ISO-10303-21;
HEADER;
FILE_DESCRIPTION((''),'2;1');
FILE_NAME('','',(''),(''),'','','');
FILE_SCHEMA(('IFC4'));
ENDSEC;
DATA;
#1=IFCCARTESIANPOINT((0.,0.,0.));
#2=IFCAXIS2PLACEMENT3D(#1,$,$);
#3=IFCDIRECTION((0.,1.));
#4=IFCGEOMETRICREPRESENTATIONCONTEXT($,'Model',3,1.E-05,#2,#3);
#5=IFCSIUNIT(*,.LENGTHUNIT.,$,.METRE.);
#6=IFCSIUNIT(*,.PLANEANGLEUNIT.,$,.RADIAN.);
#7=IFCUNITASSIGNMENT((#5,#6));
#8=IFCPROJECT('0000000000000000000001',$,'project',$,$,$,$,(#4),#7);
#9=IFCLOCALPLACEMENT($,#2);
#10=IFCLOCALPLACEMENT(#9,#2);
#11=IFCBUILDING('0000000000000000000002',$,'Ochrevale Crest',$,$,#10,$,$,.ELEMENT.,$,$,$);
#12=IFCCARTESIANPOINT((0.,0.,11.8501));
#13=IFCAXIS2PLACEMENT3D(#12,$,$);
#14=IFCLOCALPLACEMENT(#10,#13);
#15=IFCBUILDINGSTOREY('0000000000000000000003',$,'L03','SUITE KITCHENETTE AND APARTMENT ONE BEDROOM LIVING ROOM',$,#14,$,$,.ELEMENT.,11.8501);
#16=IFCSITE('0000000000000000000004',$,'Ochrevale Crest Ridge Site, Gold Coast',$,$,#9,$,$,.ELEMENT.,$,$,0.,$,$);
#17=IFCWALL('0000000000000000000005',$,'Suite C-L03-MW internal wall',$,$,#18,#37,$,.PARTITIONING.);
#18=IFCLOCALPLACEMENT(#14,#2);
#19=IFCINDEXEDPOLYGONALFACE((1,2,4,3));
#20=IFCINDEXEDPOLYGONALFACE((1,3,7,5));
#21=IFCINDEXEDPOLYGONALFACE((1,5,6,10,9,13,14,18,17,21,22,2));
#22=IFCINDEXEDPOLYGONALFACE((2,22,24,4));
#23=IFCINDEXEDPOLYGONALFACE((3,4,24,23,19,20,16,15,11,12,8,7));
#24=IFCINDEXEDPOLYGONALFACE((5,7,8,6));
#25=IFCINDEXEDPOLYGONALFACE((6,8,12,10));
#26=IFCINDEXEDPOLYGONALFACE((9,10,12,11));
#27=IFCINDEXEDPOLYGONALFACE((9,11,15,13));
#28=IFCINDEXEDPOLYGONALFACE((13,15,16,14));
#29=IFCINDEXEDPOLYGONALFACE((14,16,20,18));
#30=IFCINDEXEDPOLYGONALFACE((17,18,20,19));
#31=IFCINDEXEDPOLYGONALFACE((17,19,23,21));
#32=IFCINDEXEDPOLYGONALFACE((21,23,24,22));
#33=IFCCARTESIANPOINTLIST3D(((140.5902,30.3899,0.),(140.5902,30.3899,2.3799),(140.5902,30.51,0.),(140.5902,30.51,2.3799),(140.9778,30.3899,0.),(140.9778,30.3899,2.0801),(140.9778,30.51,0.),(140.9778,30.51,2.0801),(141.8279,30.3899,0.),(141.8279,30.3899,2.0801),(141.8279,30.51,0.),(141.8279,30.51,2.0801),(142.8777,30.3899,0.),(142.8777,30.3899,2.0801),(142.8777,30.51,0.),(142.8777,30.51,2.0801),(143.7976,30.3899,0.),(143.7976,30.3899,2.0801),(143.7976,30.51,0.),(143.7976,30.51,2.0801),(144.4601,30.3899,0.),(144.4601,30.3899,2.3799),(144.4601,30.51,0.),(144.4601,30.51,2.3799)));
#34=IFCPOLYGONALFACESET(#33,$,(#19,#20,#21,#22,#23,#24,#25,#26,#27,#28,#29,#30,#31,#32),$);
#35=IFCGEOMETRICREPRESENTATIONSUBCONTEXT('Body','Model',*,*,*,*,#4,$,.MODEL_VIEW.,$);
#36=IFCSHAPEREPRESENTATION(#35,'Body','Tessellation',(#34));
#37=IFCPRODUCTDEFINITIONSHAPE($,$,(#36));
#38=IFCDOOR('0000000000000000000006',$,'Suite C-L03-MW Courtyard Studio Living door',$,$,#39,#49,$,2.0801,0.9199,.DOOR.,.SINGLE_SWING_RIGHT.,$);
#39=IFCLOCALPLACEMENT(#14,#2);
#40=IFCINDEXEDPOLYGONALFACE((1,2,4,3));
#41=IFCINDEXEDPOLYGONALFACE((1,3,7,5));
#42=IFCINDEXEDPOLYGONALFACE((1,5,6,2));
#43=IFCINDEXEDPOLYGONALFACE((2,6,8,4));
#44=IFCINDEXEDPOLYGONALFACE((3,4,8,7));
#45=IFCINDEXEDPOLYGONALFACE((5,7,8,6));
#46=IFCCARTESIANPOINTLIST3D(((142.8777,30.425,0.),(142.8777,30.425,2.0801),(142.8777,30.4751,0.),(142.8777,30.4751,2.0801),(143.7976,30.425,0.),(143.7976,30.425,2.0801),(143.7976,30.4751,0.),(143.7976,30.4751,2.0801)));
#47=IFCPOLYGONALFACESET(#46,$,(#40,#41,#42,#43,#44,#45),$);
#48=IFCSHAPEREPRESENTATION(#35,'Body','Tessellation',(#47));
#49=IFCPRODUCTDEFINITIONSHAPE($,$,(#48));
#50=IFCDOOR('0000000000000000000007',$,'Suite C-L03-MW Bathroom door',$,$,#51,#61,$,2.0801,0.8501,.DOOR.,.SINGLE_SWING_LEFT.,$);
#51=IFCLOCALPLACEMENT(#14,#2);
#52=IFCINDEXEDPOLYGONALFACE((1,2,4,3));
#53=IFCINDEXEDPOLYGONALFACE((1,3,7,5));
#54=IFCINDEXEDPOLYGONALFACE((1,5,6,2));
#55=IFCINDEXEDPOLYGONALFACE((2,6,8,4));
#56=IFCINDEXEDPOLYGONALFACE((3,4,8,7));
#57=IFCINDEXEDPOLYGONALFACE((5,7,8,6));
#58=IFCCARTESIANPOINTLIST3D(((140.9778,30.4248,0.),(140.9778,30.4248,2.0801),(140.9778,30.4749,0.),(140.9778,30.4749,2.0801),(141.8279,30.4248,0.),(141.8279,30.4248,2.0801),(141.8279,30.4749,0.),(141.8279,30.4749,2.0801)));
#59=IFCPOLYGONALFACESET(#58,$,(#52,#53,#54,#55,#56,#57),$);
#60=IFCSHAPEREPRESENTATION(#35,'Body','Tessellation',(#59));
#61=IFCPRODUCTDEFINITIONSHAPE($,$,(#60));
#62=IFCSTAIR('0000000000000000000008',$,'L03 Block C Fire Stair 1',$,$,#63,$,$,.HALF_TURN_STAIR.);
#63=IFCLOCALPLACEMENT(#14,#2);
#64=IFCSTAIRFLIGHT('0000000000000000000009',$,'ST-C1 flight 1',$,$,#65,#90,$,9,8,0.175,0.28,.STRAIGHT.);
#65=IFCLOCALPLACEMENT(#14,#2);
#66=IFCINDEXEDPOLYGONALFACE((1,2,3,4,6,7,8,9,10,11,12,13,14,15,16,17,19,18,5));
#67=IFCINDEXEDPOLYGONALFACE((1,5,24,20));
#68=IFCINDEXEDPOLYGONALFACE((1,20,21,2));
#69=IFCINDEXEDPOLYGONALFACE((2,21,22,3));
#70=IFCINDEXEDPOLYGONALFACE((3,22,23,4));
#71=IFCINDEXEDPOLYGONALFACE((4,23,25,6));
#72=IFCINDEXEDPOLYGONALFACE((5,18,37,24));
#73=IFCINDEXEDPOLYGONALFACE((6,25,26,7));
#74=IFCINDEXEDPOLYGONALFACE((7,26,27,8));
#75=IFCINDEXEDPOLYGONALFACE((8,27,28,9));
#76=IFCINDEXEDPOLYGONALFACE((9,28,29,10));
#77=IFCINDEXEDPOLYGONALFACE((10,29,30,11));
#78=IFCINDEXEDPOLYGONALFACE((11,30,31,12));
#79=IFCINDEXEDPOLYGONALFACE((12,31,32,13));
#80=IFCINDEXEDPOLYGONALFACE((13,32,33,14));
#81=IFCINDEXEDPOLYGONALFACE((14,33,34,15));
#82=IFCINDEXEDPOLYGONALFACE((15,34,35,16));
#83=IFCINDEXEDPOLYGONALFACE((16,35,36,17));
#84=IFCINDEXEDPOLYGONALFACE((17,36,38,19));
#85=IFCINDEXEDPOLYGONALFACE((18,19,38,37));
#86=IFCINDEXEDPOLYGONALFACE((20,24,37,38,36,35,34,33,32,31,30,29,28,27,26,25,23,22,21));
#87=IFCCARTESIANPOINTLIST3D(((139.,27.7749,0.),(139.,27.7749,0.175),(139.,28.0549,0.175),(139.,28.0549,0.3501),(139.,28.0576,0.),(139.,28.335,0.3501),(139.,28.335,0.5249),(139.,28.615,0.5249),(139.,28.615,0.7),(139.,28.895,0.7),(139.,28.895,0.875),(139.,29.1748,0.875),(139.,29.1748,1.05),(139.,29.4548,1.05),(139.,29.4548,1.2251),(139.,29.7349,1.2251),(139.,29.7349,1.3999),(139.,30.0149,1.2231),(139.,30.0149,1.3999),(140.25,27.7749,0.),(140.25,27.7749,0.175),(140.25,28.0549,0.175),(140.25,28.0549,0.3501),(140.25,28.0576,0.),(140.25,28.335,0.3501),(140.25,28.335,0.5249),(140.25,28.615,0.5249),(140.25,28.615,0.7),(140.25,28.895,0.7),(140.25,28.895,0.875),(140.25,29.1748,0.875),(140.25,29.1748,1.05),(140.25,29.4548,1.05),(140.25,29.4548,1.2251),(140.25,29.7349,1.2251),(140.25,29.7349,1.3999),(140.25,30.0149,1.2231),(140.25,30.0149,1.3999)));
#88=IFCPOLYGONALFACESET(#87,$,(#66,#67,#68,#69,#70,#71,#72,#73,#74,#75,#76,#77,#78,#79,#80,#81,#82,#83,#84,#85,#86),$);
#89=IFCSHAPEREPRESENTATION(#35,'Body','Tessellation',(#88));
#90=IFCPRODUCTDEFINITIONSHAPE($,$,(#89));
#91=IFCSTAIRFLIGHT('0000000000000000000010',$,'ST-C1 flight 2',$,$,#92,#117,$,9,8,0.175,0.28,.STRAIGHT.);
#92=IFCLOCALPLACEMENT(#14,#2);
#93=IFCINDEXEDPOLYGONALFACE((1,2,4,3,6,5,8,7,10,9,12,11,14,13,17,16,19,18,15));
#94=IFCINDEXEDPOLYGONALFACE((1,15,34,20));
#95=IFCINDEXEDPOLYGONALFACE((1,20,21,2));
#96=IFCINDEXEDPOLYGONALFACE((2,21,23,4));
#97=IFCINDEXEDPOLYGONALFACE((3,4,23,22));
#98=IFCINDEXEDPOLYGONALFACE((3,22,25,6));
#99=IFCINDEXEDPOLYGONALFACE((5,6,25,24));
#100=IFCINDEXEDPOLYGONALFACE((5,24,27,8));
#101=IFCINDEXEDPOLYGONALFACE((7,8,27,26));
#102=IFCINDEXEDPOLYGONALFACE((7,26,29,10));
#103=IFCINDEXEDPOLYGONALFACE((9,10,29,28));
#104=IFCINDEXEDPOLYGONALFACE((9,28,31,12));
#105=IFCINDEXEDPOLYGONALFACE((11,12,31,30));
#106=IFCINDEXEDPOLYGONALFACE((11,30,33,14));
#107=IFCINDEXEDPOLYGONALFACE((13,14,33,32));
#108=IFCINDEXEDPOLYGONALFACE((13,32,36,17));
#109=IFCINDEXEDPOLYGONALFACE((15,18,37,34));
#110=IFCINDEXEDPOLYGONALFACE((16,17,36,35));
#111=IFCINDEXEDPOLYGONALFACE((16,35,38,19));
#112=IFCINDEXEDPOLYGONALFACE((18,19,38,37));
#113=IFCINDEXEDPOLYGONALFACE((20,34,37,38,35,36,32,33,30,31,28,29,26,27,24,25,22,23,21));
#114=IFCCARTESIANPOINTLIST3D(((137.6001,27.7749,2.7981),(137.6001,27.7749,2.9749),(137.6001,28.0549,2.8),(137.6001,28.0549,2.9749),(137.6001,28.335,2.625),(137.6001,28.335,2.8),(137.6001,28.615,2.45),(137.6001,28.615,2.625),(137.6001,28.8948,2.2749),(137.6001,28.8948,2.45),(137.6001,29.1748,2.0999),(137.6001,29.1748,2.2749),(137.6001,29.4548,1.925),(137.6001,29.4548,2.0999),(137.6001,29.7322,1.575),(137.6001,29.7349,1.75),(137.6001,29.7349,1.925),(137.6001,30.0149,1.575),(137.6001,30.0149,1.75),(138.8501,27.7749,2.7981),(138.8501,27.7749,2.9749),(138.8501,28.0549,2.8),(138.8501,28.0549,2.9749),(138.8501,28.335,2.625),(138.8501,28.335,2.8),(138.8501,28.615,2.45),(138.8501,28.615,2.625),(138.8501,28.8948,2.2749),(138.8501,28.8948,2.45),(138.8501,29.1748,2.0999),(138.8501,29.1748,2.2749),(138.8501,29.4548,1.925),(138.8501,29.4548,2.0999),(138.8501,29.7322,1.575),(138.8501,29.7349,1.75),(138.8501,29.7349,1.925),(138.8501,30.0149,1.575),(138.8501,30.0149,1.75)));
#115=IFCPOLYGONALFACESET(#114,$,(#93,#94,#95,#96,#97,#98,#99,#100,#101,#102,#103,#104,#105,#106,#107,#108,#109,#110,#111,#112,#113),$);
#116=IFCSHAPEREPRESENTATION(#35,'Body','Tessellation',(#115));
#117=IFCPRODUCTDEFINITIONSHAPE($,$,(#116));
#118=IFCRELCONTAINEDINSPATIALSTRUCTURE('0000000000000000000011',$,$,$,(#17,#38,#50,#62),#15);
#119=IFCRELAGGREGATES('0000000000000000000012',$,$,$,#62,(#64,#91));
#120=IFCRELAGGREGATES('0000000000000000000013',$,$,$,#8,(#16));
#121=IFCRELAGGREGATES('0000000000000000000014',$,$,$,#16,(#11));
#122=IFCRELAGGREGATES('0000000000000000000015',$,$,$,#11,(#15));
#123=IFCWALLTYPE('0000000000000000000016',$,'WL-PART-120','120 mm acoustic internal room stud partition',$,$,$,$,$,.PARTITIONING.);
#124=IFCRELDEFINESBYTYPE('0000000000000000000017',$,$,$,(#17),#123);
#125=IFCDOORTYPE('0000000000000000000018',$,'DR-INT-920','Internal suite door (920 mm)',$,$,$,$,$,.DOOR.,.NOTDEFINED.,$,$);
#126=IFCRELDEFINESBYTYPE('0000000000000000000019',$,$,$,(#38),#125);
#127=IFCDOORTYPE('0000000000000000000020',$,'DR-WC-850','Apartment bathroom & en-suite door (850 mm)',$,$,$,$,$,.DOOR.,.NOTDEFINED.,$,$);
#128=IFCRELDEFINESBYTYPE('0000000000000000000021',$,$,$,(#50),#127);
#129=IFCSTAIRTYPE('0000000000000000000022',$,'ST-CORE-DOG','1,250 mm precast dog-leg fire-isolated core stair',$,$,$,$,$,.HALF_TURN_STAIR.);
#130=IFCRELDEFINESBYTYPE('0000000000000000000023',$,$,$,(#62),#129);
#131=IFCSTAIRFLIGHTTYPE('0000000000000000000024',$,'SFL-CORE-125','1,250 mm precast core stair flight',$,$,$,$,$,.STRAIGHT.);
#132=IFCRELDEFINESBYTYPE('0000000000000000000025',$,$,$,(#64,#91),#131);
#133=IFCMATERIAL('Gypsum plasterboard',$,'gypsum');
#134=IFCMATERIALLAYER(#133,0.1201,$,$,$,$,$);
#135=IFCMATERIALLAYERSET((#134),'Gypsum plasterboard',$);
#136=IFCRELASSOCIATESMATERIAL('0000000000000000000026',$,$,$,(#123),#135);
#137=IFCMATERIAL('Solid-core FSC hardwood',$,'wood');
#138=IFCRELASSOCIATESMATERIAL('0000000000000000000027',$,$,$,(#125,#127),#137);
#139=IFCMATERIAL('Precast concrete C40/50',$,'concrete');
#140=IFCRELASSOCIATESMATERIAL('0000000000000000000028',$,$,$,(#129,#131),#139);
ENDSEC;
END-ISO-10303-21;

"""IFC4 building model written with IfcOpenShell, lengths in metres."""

from ifc_helpers import new_model, si_unit, direction, frame, frame_2d, origin, place, context, subcontext, project, spatial, polyline, rectangle, outline, extrude, material, layer, layer_set, type_object, element, fill, aggregate, save


model = new_model("IFC4")

# Units and contexts
model_context = context("Model", 3, precision=1e-05, world=origin(), true_north=direction((0.0, 1.0)))
body_context = subcontext(model_context, "Body", "Model", "MODEL_VIEW")
ifc_project = project(units=[si_unit("LENGTHUNIT", "METRE"), si_unit("PLANEANGLEUNIT", "RADIAN")], contexts=[model_context])

# Site, building, storey
site_placement = place(None, origin())
site = spatial("IfcSite", under=ifc_project, at=site_placement, Name="Ochrevale Crest Ridge Site, Gold Coast", CompositionType="ELEMENT", RefElevation=0.0)
building_placement = place(site_placement, origin())
building = spatial("IfcBuilding", under=site, at=building_placement, Name="Ochrevale Crest", CompositionType="ELEMENT")
storey_placement = place(building_placement, frame((0.0, 0.0, 11.8501)))
storey = spatial("IfcBuildingStorey", under=building, at=storey_placement, Name="L03", Description="SUITE KITCHENETTE AND APARTMENT ONE BEDROOM LIVING ROOM", CompositionType="ELEMENT", Elevation=11.8501)

# Shared definitions
ifc_material_1 = material(Name="Precast concrete C40/50", Category="concrete")

# Wall, openings, doors
ifc_material_2 = material(Name="Gypsum plasterboard", Category="gypsum")
ifc_layer_1 = layer(ifc_material_2, 0.1201)
ifc_layer_set_1 = layer_set([ifc_layer_1], Name="Gypsum plasterboard")
wall_type_1 = type_object("IfcWallType", Name="WL-PART-120", Description="120 mm acoustic internal room stud partition", PredefinedType="PARTITIONING", material=ifc_layer_set_1)
wall_1_placement = place(storey_placement, frame((140.5901, 30.45, 0.0), z_axis=(0.0, 0.0, 1.0), x_axis=(1.0, 0.0, 0.0)))
wall_1 = element("IfcWall", 1, at=wall_1_placement, inside=storey, type_object=wall_type_1, Name="Suite C-L03-MW internal wall", PredefinedType="PARTITIONING", context=body_context, shape_type="SweptSolid", body=[
    extrude(rectangle(XDim=3.8699, YDim=0.1201, at=frame_2d((1.9351, 0.0))), origin(), (0.0, 0.0, 1.0), 2.3799),
])
opening_1_placement = place(wall_1_placement, frame((0.3877, 0.0, 0.0)))
opening_1 = element("IfcOpeningElement", 2, at=opening_1_placement, cuts=wall_1, PredefinedType="OPENING", context=body_context, shape_type="SweptSolid", body=[
    extrude(rectangle(XDim=0.8501, YDim=2.0801, at=frame_2d((0.425, 1.04))), frame((0.0, 0.0701, 0.0), z_axis=(0.0, -1.0, 0.0), x_axis=(1.0, 0.0, 0.0)), (0.0, 0.0, 1.0), 0.1401),
])
opening_2_placement = place(wall_1_placement, frame((3.2075, 0.0, 0.0), z_axis=(0.0, 0.0, 1.0), x_axis=(-1.0, 0.0, 0.0)))
opening_2 = element("IfcOpeningElement", 3, at=opening_2_placement, cuts=wall_1, PredefinedType="OPENING", context=body_context, shape_type="SweptSolid", body=[
    extrude(rectangle(XDim=0.9199, YDim=2.0801, at=frame_2d((0.46, 1.04))), frame((0.0, 0.0701, 0.0), z_axis=(0.0, -1.0, 0.0), x_axis=(1.0, 0.0, 0.0)), (0.0, 0.0, 1.0), 0.1401),
])
ifc_material_3 = material(Name="Solid-core FSC hardwood", Category="wood")
door_type_1 = type_object("IfcDoorType", Name="DR-INT-920", Description="Internal suite door (920 mm)", OperationType="NOTDEFINED", PredefinedType="DOOR", material=ifc_material_3)
door_1_placement = place(opening_2_placement, origin())
door_1 = element("IfcDoor", 4, at=door_1_placement, inside=storey, type_object=door_type_1, Name="Suite C-L03-MW Courtyard Studio Living door", OperationType="SINGLE_SWING_RIGHT", OverallHeight=2.0801, OverallWidth=0.9199, PredefinedType="DOOR", context=body_context, shape_type="SweptSolid", body=[
    extrude(rectangle(XDim=0.9199, YDim=2.0801, at=frame_2d((0.46, 1.04))), frame((0.0, 0.0249, 0.0), z_axis=(0.0, -1.0, 0.0), x_axis=(1.0, 0.0, 0.0)), (0.0, 0.0, 1.0), 0.05),
])
fill(opening_2, door_1)
door_type_2 = type_object("IfcDoorType", Name="DR-WC-850", Description="Apartment bathroom & en-suite door (850 mm)", OperationType="NOTDEFINED", PredefinedType="DOOR", material=ifc_material_3)
door_2_placement = place(opening_1_placement, origin())
door_2 = element("IfcDoor", 5, at=door_2_placement, inside=storey, type_object=door_type_2, Name="Suite C-L03-MW Bathroom door", OperationType="SINGLE_SWING_LEFT", OverallHeight=2.0801, OverallWidth=0.8501, PredefinedType="DOOR", context=body_context, shape_type="SweptSolid", body=[
    extrude(rectangle(XDim=0.8501, YDim=2.0801, at=frame_2d((0.425, 1.04))), frame((0.0, 0.0249, 0.0), z_axis=(0.0, -1.0, 0.0), x_axis=(1.0, 0.0, 0.0)), (0.0, 0.0, 1.0), 0.05),
])
fill(opening_1, door_2)

# Stair, stair flights
stair_type = type_object("IfcStairType", Name="ST-CORE-DOG", Description="1,250 mm precast dog-leg fire-isolated core stair", PredefinedType="HALF_TURN_STAIR", material=ifc_material_1)
stair_placement = place(storey_placement, origin())
stair = element("IfcStair", 6, at=stair_placement, inside=storey, type_object=stair_type, Name="L03 Block C Fire Stair 1", PredefinedType="HALF_TURN_STAIR")
stair_flight_type = type_object("IfcStairFlightType", Name="SFL-CORE-125", Description="1,250 mm precast core stair flight", PredefinedType="STRAIGHT", material=ifc_material_1)
stair_flight_1_placement = place(storey_placement, frame((139.625, 27.7749, 0.0), z_axis=(0.0, 0.0, 1.0), x_axis=(0.0, 1.0, 0.0)))
stair_flight_1 = element("IfcStairFlight", 7, at=stair_flight_1_placement, type_object=stair_flight_type, Name="ST-C1 flight 1", NumberOfRisers=9, NumberOfTreads=8, PredefinedType="STRAIGHT", RiserHeight=0.175, TreadLength=0.28, context=body_context, shape_type="SweptSolid", body=[
    extrude(outline(polyline([(0.0, 0.0), (0.0, 0.175), (0.28, 0.175), (0.28, 0.3501), (0.5601, 0.3501), (0.5601, 0.5249), (0.8401, 0.5249), (0.8401, 0.7), (1.1201, 0.7), (1.1201, 0.875), (1.3999, 0.875), (1.3999, 1.05), (1.6799, 1.05), (1.6799, 1.2251), (1.96, 1.2251), (1.96, 1.3999), (2.24, 1.3999), (2.24, 1.575), (2.24, 1.2231), (0.2827, 0.0), (0.0, 0.0)])), frame((0.0, 0.625, 0.0), z_axis=(0.0, -1.0, 0.0), x_axis=(1.0, 0.0, 0.0)), (0.0, 0.0, 1.0), 1.25),
])
stair_flight_2_placement = place(storey_placement, frame((138.2251, 30.0149, 1.575), z_axis=(0.0, 0.0, 1.0), x_axis=(0.0, -1.0, 0.0)))
stair_flight_2 = element("IfcStairFlight", 8, at=stair_flight_2_placement, type_object=stair_flight_type, Name="ST-C1 flight 2", NumberOfRisers=9, NumberOfTreads=8, PredefinedType="STRAIGHT", RiserHeight=0.175, TreadLength=0.28, context=body_context, shape_type="SweptSolid", body=[
    extrude(outline(polyline([(0.0, 0.0), (0.0, 0.175), (0.28, 0.175), (0.28, 0.3501), (0.5601, 0.3501), (0.5601, 0.5249), (0.8401, 0.5249), (0.8401, 0.7), (1.1201, 0.7), (1.1201, 0.875), (1.3999, 0.875), (1.3999, 1.05), (1.6799, 1.05), (1.6799, 1.2251), (1.96, 1.2251), (1.96, 1.3999), (2.24, 1.3999), (2.24, 1.575), (2.24, 1.2231), (0.2827, 0.0), (0.0, 0.0)])), frame((0.0, 0.625, 0.0), z_axis=(0.0, -1.0, 0.0), x_axis=(1.0, 0.0, 0.0)), (0.0, 0.0, 1.0), 1.25),
])
aggregate(stair, [stair_flight_1, stair_flight_2])

save(model, "model.ifc")
